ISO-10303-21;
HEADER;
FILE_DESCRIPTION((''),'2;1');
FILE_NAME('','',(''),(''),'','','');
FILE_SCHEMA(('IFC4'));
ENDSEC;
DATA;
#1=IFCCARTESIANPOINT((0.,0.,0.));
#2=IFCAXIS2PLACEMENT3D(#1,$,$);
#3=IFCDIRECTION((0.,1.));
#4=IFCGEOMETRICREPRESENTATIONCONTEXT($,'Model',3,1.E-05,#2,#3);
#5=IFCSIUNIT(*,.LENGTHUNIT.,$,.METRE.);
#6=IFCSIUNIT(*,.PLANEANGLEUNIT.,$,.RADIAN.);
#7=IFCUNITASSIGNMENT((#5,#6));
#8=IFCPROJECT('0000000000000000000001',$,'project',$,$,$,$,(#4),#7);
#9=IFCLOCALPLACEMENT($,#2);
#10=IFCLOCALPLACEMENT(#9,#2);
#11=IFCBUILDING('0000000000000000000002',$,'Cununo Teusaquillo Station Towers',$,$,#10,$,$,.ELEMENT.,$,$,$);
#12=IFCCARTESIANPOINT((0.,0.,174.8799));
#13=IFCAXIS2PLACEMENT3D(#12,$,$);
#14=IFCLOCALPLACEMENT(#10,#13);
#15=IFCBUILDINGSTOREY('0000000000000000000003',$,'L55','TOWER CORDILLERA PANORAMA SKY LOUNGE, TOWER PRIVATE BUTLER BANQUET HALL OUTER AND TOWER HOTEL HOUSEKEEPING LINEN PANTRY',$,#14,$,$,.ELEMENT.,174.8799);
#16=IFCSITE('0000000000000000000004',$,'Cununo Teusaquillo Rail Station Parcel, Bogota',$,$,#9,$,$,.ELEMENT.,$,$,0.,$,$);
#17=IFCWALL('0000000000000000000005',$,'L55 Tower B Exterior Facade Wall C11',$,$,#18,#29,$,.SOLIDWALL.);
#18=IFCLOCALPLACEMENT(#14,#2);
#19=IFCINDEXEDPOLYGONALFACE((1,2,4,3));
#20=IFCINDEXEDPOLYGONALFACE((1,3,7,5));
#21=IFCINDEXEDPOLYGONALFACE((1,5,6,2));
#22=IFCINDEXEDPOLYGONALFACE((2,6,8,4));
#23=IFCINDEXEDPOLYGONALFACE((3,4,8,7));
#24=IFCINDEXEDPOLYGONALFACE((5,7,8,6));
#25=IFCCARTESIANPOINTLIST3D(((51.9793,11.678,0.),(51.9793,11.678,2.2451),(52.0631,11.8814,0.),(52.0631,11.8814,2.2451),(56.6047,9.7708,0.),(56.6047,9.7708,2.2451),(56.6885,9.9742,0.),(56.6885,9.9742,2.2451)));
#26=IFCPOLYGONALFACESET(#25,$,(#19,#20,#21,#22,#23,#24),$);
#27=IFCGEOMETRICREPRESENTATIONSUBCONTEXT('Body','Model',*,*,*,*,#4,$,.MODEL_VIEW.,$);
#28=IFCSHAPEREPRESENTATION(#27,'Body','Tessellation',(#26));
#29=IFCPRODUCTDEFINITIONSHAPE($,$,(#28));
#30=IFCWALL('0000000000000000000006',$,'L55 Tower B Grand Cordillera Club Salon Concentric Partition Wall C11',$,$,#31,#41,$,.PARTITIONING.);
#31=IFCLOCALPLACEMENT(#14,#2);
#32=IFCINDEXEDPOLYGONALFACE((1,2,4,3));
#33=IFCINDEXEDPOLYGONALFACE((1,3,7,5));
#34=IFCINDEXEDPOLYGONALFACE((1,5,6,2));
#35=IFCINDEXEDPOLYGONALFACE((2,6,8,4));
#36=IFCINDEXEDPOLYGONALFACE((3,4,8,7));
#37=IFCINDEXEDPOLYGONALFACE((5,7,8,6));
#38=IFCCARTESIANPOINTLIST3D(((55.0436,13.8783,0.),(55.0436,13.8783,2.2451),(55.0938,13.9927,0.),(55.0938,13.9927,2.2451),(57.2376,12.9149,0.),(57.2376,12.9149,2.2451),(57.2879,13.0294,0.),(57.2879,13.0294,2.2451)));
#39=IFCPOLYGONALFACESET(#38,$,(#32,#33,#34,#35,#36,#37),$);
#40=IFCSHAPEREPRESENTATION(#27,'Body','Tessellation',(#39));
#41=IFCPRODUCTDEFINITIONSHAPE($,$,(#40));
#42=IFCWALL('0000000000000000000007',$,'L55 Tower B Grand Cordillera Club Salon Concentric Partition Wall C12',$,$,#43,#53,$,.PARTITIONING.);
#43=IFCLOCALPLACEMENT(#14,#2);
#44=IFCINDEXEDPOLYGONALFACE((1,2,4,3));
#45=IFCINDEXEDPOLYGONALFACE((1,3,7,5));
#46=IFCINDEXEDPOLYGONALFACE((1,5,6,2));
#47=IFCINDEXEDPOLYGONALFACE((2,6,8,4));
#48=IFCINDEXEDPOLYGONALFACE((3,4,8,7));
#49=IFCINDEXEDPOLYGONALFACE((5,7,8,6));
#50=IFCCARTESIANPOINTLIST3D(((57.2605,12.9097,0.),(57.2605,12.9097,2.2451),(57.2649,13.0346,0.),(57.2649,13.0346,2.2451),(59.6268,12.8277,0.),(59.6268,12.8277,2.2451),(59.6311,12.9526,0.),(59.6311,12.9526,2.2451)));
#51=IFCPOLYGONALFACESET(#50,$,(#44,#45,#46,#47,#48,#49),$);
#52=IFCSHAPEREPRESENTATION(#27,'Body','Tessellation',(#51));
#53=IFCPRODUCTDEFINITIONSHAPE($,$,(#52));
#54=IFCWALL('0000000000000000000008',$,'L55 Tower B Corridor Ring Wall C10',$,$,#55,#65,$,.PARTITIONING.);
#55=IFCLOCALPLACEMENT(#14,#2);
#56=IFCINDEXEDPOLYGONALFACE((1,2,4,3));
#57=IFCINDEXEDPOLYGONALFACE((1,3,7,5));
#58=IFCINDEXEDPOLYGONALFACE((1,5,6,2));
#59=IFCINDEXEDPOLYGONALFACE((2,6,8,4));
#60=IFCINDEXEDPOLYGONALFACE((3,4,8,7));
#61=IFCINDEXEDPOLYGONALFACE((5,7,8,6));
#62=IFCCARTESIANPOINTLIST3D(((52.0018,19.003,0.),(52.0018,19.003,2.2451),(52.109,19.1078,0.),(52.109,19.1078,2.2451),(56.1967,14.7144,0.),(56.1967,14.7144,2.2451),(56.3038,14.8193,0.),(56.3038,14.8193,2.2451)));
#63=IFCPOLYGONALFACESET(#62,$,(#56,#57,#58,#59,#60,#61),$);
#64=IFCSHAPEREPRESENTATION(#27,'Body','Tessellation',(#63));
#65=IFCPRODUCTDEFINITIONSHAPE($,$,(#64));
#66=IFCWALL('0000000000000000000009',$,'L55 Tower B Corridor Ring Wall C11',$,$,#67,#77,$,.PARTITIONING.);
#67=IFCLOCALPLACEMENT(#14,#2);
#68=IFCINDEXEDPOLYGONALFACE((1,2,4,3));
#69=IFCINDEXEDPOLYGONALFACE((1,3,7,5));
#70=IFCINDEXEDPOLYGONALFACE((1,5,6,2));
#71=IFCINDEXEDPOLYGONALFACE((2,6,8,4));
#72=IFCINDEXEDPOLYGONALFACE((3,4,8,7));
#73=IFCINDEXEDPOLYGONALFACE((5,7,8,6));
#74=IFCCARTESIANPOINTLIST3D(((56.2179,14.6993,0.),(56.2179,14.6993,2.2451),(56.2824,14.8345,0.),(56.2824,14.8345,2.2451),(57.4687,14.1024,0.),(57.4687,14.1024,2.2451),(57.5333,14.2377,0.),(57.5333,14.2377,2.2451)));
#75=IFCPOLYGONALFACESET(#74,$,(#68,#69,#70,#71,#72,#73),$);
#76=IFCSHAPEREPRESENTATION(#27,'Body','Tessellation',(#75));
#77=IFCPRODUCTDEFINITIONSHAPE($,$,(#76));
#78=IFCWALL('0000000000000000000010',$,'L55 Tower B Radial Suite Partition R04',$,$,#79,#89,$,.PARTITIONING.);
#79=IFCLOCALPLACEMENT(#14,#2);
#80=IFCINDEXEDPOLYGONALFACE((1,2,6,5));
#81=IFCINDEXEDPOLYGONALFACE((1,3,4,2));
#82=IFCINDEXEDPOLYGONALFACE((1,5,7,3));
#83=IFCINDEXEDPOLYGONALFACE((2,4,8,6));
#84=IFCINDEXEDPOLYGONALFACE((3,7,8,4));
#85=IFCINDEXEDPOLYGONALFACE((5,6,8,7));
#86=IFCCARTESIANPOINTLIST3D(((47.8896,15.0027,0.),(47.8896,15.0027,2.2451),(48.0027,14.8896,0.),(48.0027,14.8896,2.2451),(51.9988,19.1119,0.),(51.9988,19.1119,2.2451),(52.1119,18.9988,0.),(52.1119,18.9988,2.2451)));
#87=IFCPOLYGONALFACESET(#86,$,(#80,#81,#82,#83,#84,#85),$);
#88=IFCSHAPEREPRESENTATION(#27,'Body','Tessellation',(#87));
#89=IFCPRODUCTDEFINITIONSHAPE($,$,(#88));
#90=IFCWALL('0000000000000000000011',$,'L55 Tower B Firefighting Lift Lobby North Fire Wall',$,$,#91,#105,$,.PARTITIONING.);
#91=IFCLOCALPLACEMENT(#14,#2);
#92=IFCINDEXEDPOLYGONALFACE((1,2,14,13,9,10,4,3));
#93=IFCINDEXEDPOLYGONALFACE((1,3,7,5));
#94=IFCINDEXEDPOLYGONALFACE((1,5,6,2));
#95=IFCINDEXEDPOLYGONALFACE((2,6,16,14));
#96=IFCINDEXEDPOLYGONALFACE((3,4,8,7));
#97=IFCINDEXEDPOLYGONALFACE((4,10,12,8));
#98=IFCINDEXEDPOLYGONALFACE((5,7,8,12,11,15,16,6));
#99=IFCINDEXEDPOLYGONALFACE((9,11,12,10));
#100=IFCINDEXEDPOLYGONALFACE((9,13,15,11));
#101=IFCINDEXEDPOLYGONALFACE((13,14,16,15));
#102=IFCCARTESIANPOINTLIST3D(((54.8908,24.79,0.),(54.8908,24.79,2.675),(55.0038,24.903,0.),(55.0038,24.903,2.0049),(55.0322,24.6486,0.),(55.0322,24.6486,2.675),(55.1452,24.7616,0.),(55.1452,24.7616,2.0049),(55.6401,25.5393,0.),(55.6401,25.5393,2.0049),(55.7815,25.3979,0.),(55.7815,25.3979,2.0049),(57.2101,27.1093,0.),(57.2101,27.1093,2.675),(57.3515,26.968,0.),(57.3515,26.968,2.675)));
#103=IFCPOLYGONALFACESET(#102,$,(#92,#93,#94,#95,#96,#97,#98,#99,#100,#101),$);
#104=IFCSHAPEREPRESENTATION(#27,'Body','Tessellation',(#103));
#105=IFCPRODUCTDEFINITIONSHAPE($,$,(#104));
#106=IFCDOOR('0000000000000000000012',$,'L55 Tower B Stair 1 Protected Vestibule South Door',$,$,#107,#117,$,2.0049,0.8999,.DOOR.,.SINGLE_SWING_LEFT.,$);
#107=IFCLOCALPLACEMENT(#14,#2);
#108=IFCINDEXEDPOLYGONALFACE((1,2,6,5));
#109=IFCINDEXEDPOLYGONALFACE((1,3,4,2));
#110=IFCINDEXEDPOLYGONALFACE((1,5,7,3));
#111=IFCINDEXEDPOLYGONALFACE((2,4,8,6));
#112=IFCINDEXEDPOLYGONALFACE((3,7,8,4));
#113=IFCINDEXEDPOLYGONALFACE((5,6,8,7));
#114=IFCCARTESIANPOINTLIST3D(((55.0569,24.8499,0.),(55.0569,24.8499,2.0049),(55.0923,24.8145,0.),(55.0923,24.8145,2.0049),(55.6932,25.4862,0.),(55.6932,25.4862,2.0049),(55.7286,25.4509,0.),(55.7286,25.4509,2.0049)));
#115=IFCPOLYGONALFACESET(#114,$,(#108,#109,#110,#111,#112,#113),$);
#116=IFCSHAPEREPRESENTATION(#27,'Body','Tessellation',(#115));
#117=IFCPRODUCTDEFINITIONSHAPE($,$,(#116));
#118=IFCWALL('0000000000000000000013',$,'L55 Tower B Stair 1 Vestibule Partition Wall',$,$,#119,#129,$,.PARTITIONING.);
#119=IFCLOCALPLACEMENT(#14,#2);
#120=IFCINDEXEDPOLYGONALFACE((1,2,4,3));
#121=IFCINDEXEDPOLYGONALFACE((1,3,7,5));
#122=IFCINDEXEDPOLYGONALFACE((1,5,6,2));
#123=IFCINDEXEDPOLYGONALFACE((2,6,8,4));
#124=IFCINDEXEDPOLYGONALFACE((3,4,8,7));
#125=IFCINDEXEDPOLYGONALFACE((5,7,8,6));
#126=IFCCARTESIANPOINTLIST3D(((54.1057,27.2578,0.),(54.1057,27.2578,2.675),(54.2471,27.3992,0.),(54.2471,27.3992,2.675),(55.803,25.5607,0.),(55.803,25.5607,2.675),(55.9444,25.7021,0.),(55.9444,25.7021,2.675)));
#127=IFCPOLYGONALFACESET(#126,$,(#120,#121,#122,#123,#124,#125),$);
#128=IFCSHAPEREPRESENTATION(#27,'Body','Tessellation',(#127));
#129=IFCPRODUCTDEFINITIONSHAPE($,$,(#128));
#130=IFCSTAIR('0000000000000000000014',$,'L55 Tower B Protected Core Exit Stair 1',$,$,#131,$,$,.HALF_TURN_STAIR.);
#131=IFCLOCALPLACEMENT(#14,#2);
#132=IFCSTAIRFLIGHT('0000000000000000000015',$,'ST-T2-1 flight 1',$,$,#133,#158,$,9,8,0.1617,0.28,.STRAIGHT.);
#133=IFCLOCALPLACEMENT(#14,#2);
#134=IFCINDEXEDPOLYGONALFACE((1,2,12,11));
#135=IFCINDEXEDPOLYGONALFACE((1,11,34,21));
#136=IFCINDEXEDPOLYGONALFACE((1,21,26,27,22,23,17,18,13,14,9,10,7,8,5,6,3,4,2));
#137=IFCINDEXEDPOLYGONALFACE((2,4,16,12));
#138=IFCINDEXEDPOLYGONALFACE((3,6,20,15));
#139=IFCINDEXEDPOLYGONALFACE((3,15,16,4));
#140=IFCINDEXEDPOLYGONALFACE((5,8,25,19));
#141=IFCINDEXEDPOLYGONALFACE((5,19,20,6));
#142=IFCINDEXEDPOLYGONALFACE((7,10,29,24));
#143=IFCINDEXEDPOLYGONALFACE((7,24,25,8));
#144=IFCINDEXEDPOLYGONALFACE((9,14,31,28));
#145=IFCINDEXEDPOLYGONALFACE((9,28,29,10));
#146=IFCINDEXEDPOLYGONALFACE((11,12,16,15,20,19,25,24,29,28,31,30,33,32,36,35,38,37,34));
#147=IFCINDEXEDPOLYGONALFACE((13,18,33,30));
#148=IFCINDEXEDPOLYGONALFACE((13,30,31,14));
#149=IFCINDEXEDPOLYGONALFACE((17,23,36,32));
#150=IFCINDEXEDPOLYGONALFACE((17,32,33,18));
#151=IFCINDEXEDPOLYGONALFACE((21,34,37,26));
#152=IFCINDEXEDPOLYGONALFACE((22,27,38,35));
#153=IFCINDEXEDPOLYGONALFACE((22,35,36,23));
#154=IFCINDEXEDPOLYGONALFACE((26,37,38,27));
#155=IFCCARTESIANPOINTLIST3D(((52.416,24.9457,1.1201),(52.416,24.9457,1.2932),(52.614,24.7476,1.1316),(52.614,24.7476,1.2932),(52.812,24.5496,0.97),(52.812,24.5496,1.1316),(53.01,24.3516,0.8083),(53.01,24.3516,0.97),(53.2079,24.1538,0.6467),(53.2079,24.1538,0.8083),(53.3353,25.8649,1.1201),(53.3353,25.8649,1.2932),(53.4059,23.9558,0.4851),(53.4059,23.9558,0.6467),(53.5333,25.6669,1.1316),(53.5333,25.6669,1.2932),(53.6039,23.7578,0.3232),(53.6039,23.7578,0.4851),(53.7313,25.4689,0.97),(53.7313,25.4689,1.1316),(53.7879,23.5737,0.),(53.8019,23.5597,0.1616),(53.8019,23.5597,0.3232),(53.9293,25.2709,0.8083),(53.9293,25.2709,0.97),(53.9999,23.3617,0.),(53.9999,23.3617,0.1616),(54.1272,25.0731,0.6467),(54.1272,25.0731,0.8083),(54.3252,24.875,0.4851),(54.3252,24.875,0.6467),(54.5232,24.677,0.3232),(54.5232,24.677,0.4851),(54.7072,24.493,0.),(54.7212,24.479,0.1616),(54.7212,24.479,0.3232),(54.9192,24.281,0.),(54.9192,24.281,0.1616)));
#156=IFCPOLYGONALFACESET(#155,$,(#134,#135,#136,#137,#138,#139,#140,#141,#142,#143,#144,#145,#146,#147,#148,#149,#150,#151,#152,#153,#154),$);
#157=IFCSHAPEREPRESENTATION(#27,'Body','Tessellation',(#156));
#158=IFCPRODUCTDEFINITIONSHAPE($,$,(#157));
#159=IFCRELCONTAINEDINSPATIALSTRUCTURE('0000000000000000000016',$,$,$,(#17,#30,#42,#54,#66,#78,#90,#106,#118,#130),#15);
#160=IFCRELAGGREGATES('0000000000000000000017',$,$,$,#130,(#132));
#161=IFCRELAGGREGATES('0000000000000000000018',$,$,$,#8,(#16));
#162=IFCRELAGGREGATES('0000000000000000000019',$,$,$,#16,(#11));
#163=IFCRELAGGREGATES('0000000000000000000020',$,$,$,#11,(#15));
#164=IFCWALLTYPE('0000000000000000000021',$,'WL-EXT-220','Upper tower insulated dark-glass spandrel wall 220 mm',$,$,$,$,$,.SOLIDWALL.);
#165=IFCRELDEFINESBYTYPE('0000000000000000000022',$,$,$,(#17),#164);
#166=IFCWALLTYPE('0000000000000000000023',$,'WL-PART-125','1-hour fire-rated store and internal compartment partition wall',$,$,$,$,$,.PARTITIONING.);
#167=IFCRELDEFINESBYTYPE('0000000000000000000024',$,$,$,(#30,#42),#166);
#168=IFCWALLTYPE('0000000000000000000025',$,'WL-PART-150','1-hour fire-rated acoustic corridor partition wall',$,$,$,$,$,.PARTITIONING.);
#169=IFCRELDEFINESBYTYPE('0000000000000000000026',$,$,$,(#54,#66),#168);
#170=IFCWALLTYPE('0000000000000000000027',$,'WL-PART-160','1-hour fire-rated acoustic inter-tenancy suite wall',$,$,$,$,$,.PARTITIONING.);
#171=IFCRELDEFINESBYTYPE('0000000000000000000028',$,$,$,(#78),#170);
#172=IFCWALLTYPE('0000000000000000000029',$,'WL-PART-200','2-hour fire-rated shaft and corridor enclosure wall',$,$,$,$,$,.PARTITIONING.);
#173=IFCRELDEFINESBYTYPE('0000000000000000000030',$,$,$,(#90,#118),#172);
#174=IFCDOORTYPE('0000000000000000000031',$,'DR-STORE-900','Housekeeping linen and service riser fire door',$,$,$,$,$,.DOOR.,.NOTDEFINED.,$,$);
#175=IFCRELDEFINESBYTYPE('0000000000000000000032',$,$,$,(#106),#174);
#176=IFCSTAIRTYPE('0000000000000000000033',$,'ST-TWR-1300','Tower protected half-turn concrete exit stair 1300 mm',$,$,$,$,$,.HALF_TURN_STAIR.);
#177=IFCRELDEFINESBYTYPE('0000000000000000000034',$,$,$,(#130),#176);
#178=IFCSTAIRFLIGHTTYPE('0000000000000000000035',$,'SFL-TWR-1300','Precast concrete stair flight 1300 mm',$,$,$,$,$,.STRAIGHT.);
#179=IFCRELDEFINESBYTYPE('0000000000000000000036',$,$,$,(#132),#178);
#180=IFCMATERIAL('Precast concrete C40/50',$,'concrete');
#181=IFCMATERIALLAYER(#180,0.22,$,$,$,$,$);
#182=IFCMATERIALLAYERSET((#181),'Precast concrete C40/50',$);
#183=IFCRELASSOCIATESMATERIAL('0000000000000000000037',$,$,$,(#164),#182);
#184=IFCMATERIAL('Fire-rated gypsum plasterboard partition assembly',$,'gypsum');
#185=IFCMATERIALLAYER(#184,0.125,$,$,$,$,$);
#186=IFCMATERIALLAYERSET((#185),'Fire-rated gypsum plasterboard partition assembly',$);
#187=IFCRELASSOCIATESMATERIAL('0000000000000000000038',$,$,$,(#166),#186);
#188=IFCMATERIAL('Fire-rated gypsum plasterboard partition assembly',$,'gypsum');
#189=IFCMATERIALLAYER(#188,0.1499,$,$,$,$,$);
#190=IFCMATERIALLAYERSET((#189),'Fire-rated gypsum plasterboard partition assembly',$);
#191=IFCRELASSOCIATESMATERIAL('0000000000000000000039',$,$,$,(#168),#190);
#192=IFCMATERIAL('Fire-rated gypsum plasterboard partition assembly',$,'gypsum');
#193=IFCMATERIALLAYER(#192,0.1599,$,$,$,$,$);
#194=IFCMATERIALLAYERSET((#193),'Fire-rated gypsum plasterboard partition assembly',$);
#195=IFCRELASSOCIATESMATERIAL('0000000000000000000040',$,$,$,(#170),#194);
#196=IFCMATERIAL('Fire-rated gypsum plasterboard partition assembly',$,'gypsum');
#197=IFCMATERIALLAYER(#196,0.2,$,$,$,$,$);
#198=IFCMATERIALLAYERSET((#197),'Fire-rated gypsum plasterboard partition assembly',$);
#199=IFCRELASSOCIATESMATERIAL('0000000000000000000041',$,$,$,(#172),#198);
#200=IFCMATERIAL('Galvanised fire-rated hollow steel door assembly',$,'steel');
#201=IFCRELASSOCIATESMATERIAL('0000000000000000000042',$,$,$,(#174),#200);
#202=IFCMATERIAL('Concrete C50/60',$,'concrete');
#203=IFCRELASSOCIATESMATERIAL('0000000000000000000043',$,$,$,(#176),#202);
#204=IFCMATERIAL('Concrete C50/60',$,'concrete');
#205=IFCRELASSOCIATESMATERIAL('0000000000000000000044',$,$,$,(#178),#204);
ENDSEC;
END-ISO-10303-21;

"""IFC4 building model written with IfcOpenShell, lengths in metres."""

from ifc_helpers import new_model, si_unit, direction, frame, frame_2d, origin, place, context, subcontext, project, spatial, polyline, rectangle, outline, extrude, source, transform, mapped, material, layer, layer_set, type_object, element, fill, aggregate, save


model = new_model("IFC4")

# Units and contexts
model_context = context("Model", 3, precision=1e-05, world=origin(), true_north=direction((0.0, 1.0)))
body_context = subcontext(model_context, "Body", "Model", "MODEL_VIEW")
ifc_project = project(units=[si_unit("LENGTHUNIT", "METRE"), si_unit("PLANEANGLEUNIT", "RADIAN")], contexts=[model_context])

# Site, building, storey
site_placement = place(None, origin())
site = spatial("IfcSite", under=ifc_project, at=site_placement, Name="Cununo Teusaquillo Rail Station Parcel, Bogota", CompositionType="ELEMENT", RefElevation=0.0)
building_placement = place(site_placement, origin())
building = spatial("IfcBuilding", under=site, at=building_placement, Name="Cununo Teusaquillo Station Towers", CompositionType="ELEMENT")
storey_placement = place(building_placement, frame((0.0, 0.0, 174.8799)))
storey = spatial("IfcBuildingStorey", under=building, at=storey_placement, Name="L55", Description="TOWER CORDILLERA PANORAMA SKY LOUNGE, TOWER PRIVATE BUTLER BANQUET HALL OUTER AND TOWER HOTEL HOUSEKEEPING LINEN PANTRY", CompositionType="ELEMENT", Elevation=174.8799)

# Shared definitions
ifc_material_1 = material(Name="Precast concrete C40/50", Category="concrete")
ifc_layer_1 = layer(ifc_material_1, 0.22)
ifc_layer_set_1 = layer_set([ifc_layer_1], Name="Precast concrete C40/50")
wall_type_1 = type_object("IfcWallType", Name="WL-EXT-220", Description="Upper tower insulated dark-glass spandrel wall 220 mm", PredefinedType="SOLIDWALL", material=ifc_layer_set_1)

# Walls
wall_1_placement = place(storey_placement, frame((56.6465, 9.8726, 0.0), z_axis=(0.0, 0.0, 1.0), x_axis=(-0.924494, 0.381196, 0.0)))
element("IfcWall", 1, at=wall_1_placement, inside=storey, type_object=wall_type_1, Name="L55 Tower B Exterior Facade Wall C11", PredefinedType="SOLIDWALL", context=body_context, shape_type="SweptSolid", body=[
    extrude(rectangle(XDim=5.0032, YDim=0.22, at=frame_2d((2.5015, 0.0))), origin(), (0.0, 0.0, 1.0), 2.2451),
])
ifc_material_2 = material(Name="Fire-rated gypsum plasterboard partition assembly", Category="gypsum")
ifc_layer_2 = layer(ifc_material_2, 0.125)
ifc_layer_set_2 = layer_set([ifc_layer_2], Name="Fire-rated gypsum plasterboard partition assembly")
wall_type_2 = type_object("IfcWallType", Name="WL-PART-125", Description="1-hour fire-rated store and internal compartment partition wall", PredefinedType="PARTITIONING", material=ifc_layer_set_2)
wall_2_placement = place(storey_placement, frame((55.0686, 13.9355, 0.0), z_axis=(0.0, 0.0, 1.0), x_axis=(0.915626, -0.402032, 0.0)))
element("IfcWall", 2, at=wall_2_placement, inside=storey, type_object=wall_type_2, Name="L55 Tower B Grand Cordillera Club Salon Concentric Partition Wall C11", PredefinedType="PARTITIONING", context=body_context, shape_type="SweptSolid", body=[
    extrude(rectangle(XDim=2.3962, YDim=0.125, at=frame_2d((1.1982, 0.0))), origin(), (0.0, 0.0, 1.0), 2.2451),
])
wall_3_placement = place(storey_placement, frame((57.2627, 12.9722, 0.0), z_axis=(0.0, 0.0, 1.0), x_axis=(0.9994, -0.034647, 0.0)))
element("IfcWall", 3, at=wall_3_placement, inside=storey, type_object=wall_type_2, Name="L55 Tower B Grand Cordillera Club Salon Concentric Partition Wall C12", PredefinedType="PARTITIONING", context=body_context, shape_type="SweptSolid", body=[
    extrude(rectangle(XDim=2.3677, YDim=0.125, at=frame_2d((1.1838, 0.0))), origin(), (0.0, 0.0, 1.0), 2.2451),
])
ifc_material_3 = material(Name="Fire-rated gypsum plasterboard partition assembly", Category="gypsum")
ifc_layer_3 = layer(ifc_material_3, 0.1499)
ifc_layer_set_3 = layer_set([ifc_layer_3], Name="Fire-rated gypsum plasterboard partition assembly")
wall_type_3 = type_object("IfcWallType", Name="WL-PART-150", Description="1-hour fire-rated acoustic corridor partition wall", PredefinedType="PARTITIONING", material=ifc_layer_set_3)
wall_4_placement = place(storey_placement, frame((52.0554, 19.0554, 0.0), z_axis=(0.0, 0.0, 1.0), x_axis=(0.69925, -0.714877, 0.0)))
element("IfcWall", 4, at=wall_4_placement, inside=storey, type_object=wall_type_3, Name="L55 Tower B Corridor Ring Wall C10", PredefinedType="PARTITIONING", context=body_context, shape_type="SweptSolid", body=[
    extrude(rectangle(XDim=5.999, YDim=0.1499, at=frame_2d((2.9995, 0.0))), origin(), (0.0, 0.0, 1.0), 2.2451),
])
wall_5_placement = place(storey_placement, frame((56.2502, 14.7668, 0.0), z_axis=(0.0, 0.0, 1.0), x_axis=(0.902518, -0.430651, 0.0)))
element("IfcWall", 5, at=wall_5_placement, inside=storey, type_object=wall_type_3, Name="L55 Tower B Corridor Ring Wall C11", PredefinedType="PARTITIONING", context=body_context, shape_type="SweptSolid", body=[
    extrude(rectangle(XDim=1.386, YDim=0.1499, at=frame_2d((0.6929, 0.0))), origin(), (0.0, 0.0, 1.0), 2.2451),
])
ifc_material_4 = material(Name="Fire-rated gypsum plasterboard partition assembly", Category="gypsum")
ifc_layer_4 = layer(ifc_material_4, 0.1599)
ifc_layer_set_4 = layer_set([ifc_layer_4], Name="Fire-rated gypsum plasterboard partition assembly")
wall_type_4 = type_object("IfcWallType", Name="WL-PART-160", Description="1-hour fire-rated acoustic inter-tenancy suite wall", PredefinedType="PARTITIONING", material=ifc_layer_set_4)
wall_6_placement = place(storey_placement, frame((52.0554, 19.0554, 0.0), z_axis=(0.0, 0.0, 1.0), x_axis=(-0.707107, -0.707107, 0.0)))
element("IfcWall", 6, at=wall_6_placement, inside=storey, type_object=wall_type_4, Name="L55 Tower B Radial Suite Partition R04", PredefinedType="PARTITIONING", context=body_context, shape_type="SweptSolid", body=[
    extrude(rectangle(XDim=5.8113, YDim=0.1599, at=frame_2d((2.9058, 0.0))), origin(), (0.0, 0.0, 1.0), 2.2451),
])

# Wall, opening, door
ifc_material_5 = material(Name="Fire-rated gypsum plasterboard partition assembly", Category="gypsum")
ifc_layer_5 = layer(ifc_material_5, 0.2)
ifc_layer_set_5 = layer_set([ifc_layer_5], Name="Fire-rated gypsum plasterboard partition assembly")
wall_type_5 = type_object("IfcWallType", Name="WL-PART-200", Description="2-hour fire-rated shaft and corridor enclosure wall", PredefinedType="PARTITIONING", material=ifc_layer_set_5)
wall_7_placement = place(storey_placement, frame((54.9614, 24.7192, 0.0), z_axis=(0.0, 0.0, 1.0), x_axis=(0.707107, 0.707107, 0.0)))
wall_7 = element("IfcWall", 7, at=wall_7_placement, inside=storey, type_object=wall_type_5, Name="L55 Tower B Firefighting Lift Lobby North Fire Wall", PredefinedType="PARTITIONING", context=body_context, shape_type="SweptSolid", body=[
    extrude(rectangle(XDim=3.28, YDim=0.2, at=frame_2d((1.6401, 0.0))), origin(), (0.0, 0.0, 1.0), 2.675),
])
shared_shape_1 = source(origin(), body_context, "Body", "SweptSolid", [
    extrude(rectangle(XDim=0.8999, YDim=2.0049, at=frame_2d((0.45, 1.0024))), frame((0.0, 0.1099, 0.0), z_axis=(0.0, -1.0, 0.0), x_axis=(1.0, 0.0, 0.0)), (0.0, 0.0, 1.0), 0.22),
])
opening_1_placement = place(wall_7_placement, frame((0.1599, 0.0, 0.0)))
opening_1 = element("IfcOpeningElement", 8, at=opening_1_placement, cuts=wall_7, PredefinedType="OPENING", context=body_context, shape_type="MappedRepresentation", body=[
    mapped(shared_shape_1, transform((0.0, 0.0, 0.0), x_axis=(1.0, 0.0, 0.0), y_axis=(0.0, 1.0, 0.0), z_axis=(0.0, 0.0, 1.0), scale=1.0)),
])
ifc_material_6 = material(Name="Galvanised fire-rated hollow steel door assembly", Category="steel")
door_type = type_object("IfcDoorType", Name="DR-STORE-900", Description="Housekeeping linen and service riser fire door", OperationType="NOTDEFINED", PredefinedType="DOOR", material=ifc_material_6)
shared_shape_2 = source(origin(), body_context, "Body", "SweptSolid", [
    extrude(rectangle(XDim=0.8999, YDim=2.0049, at=frame_2d((0.45, 1.0024))), frame((0.0, 0.0249, 0.0), z_axis=(0.0, -1.0, 0.0), x_axis=(1.0, 0.0, 0.0)), (0.0, 0.0, 1.0), 0.05),
])
door_placement = place(opening_1_placement, origin())
door = element("IfcDoor", 9, at=door_placement, inside=storey, type_object=door_type, Name="L55 Tower B Stair 1 Protected Vestibule South Door", OperationType="SINGLE_SWING_LEFT", OverallHeight=2.0049, OverallWidth=0.8999, PredefinedType="DOOR", context=body_context, shape_type="MappedRepresentation", body=[
    mapped(shared_shape_2, transform((0.0, 0.0, 0.0), x_axis=(1.0, 0.0, 0.0), y_axis=(0.0, 1.0, 0.0), z_axis=(0.0, 0.0, 1.0), scale=1.0)),
])
fill(opening_1, door)

# Wall
wall_8_placement = place(storey_placement, frame((55.8738, 25.6313, 0.0), z_axis=(0.0, 0.0, 1.0), x_axis=(-0.707158, 0.707056, 0.0)))
element("IfcWall", 10, at=wall_8_placement, inside=storey, type_object=wall_type_5, Name="L55 Tower B Stair 1 Vestibule Partition Wall", PredefinedType="PARTITIONING", context=body_context, shape_type="SweptSolid", body=[
    extrude(rectangle(XDim=2.4001, YDim=0.2, at=frame_2d((1.2002, 0.0))), origin(), (0.0, 0.0, 1.0), 2.675),
])

# Stair, stair flight
ifc_material_7 = material(Name="Concrete C50/60", Category="concrete")
stair_type = type_object("IfcStairType", Name="ST-TWR-1300", Description="Tower protected half-turn concrete exit stair 1300 mm", PredefinedType="HALF_TURN_STAIR", material=ifc_material_7)
stair_placement = place(storey_placement, origin())
stair = element("IfcStair", 11, at=stair_placement, inside=storey, type_object=stair_type, Name="L55 Tower B Protected Core Exit Stair 1", PredefinedType="HALF_TURN_STAIR")
ifc_material_8 = material(Name="Concrete C50/60", Category="concrete")
stair_flight_type = type_object("IfcStairFlightType", Name="SFL-TWR-1300", Description="Precast concrete stair flight 1300 mm", PredefinedType="STRAIGHT", material=ifc_material_8)
stair_flight_placement = place(storey_placement, frame((54.4595, 23.8213, 0.0), z_axis=(0.0, 0.0, 1.0), x_axis=(-0.707107, 0.707107, 0.0)))
stair_flight = element("IfcStairFlight", 12, at=stair_flight_placement, type_object=stair_flight_type, Name="ST-T2-1 flight 1", NumberOfRisers=9, NumberOfTreads=8, PredefinedType="STRAIGHT", RiserHeight=0.1617, TreadLength=0.28, context=body_context, shape_type="SweptSolid", body=[
    extrude(outline(polyline([(0.0, 0.0), (0.0, 0.1616), (0.28, 0.1616), (0.28, 0.3232), (0.5601, 0.3232), (0.5601, 0.4851), (0.8401, 0.4851), (0.8401, 0.6467), (1.1201, 0.6467), (1.1201, 0.8083), (1.3999, 0.8083), (1.3999, 0.97), (1.6799, 0.97), (1.6799, 1.1316), (1.96, 1.1316), (1.96, 1.2932), (2.24, 1.2932), (2.24, 1.4551), (2.24, 1.1201), (0.2998, 0.0), (0.0, 0.0)])), frame((0.0, 0.6499, 0.0), z_axis=(0.0, -1.0, 0.0), x_axis=(1.0, 0.0, 0.0)), (0.0, 0.0, 1.0), 1.3),
])
aggregate(stair, [stair_flight])

save(model, "model.ifc")
